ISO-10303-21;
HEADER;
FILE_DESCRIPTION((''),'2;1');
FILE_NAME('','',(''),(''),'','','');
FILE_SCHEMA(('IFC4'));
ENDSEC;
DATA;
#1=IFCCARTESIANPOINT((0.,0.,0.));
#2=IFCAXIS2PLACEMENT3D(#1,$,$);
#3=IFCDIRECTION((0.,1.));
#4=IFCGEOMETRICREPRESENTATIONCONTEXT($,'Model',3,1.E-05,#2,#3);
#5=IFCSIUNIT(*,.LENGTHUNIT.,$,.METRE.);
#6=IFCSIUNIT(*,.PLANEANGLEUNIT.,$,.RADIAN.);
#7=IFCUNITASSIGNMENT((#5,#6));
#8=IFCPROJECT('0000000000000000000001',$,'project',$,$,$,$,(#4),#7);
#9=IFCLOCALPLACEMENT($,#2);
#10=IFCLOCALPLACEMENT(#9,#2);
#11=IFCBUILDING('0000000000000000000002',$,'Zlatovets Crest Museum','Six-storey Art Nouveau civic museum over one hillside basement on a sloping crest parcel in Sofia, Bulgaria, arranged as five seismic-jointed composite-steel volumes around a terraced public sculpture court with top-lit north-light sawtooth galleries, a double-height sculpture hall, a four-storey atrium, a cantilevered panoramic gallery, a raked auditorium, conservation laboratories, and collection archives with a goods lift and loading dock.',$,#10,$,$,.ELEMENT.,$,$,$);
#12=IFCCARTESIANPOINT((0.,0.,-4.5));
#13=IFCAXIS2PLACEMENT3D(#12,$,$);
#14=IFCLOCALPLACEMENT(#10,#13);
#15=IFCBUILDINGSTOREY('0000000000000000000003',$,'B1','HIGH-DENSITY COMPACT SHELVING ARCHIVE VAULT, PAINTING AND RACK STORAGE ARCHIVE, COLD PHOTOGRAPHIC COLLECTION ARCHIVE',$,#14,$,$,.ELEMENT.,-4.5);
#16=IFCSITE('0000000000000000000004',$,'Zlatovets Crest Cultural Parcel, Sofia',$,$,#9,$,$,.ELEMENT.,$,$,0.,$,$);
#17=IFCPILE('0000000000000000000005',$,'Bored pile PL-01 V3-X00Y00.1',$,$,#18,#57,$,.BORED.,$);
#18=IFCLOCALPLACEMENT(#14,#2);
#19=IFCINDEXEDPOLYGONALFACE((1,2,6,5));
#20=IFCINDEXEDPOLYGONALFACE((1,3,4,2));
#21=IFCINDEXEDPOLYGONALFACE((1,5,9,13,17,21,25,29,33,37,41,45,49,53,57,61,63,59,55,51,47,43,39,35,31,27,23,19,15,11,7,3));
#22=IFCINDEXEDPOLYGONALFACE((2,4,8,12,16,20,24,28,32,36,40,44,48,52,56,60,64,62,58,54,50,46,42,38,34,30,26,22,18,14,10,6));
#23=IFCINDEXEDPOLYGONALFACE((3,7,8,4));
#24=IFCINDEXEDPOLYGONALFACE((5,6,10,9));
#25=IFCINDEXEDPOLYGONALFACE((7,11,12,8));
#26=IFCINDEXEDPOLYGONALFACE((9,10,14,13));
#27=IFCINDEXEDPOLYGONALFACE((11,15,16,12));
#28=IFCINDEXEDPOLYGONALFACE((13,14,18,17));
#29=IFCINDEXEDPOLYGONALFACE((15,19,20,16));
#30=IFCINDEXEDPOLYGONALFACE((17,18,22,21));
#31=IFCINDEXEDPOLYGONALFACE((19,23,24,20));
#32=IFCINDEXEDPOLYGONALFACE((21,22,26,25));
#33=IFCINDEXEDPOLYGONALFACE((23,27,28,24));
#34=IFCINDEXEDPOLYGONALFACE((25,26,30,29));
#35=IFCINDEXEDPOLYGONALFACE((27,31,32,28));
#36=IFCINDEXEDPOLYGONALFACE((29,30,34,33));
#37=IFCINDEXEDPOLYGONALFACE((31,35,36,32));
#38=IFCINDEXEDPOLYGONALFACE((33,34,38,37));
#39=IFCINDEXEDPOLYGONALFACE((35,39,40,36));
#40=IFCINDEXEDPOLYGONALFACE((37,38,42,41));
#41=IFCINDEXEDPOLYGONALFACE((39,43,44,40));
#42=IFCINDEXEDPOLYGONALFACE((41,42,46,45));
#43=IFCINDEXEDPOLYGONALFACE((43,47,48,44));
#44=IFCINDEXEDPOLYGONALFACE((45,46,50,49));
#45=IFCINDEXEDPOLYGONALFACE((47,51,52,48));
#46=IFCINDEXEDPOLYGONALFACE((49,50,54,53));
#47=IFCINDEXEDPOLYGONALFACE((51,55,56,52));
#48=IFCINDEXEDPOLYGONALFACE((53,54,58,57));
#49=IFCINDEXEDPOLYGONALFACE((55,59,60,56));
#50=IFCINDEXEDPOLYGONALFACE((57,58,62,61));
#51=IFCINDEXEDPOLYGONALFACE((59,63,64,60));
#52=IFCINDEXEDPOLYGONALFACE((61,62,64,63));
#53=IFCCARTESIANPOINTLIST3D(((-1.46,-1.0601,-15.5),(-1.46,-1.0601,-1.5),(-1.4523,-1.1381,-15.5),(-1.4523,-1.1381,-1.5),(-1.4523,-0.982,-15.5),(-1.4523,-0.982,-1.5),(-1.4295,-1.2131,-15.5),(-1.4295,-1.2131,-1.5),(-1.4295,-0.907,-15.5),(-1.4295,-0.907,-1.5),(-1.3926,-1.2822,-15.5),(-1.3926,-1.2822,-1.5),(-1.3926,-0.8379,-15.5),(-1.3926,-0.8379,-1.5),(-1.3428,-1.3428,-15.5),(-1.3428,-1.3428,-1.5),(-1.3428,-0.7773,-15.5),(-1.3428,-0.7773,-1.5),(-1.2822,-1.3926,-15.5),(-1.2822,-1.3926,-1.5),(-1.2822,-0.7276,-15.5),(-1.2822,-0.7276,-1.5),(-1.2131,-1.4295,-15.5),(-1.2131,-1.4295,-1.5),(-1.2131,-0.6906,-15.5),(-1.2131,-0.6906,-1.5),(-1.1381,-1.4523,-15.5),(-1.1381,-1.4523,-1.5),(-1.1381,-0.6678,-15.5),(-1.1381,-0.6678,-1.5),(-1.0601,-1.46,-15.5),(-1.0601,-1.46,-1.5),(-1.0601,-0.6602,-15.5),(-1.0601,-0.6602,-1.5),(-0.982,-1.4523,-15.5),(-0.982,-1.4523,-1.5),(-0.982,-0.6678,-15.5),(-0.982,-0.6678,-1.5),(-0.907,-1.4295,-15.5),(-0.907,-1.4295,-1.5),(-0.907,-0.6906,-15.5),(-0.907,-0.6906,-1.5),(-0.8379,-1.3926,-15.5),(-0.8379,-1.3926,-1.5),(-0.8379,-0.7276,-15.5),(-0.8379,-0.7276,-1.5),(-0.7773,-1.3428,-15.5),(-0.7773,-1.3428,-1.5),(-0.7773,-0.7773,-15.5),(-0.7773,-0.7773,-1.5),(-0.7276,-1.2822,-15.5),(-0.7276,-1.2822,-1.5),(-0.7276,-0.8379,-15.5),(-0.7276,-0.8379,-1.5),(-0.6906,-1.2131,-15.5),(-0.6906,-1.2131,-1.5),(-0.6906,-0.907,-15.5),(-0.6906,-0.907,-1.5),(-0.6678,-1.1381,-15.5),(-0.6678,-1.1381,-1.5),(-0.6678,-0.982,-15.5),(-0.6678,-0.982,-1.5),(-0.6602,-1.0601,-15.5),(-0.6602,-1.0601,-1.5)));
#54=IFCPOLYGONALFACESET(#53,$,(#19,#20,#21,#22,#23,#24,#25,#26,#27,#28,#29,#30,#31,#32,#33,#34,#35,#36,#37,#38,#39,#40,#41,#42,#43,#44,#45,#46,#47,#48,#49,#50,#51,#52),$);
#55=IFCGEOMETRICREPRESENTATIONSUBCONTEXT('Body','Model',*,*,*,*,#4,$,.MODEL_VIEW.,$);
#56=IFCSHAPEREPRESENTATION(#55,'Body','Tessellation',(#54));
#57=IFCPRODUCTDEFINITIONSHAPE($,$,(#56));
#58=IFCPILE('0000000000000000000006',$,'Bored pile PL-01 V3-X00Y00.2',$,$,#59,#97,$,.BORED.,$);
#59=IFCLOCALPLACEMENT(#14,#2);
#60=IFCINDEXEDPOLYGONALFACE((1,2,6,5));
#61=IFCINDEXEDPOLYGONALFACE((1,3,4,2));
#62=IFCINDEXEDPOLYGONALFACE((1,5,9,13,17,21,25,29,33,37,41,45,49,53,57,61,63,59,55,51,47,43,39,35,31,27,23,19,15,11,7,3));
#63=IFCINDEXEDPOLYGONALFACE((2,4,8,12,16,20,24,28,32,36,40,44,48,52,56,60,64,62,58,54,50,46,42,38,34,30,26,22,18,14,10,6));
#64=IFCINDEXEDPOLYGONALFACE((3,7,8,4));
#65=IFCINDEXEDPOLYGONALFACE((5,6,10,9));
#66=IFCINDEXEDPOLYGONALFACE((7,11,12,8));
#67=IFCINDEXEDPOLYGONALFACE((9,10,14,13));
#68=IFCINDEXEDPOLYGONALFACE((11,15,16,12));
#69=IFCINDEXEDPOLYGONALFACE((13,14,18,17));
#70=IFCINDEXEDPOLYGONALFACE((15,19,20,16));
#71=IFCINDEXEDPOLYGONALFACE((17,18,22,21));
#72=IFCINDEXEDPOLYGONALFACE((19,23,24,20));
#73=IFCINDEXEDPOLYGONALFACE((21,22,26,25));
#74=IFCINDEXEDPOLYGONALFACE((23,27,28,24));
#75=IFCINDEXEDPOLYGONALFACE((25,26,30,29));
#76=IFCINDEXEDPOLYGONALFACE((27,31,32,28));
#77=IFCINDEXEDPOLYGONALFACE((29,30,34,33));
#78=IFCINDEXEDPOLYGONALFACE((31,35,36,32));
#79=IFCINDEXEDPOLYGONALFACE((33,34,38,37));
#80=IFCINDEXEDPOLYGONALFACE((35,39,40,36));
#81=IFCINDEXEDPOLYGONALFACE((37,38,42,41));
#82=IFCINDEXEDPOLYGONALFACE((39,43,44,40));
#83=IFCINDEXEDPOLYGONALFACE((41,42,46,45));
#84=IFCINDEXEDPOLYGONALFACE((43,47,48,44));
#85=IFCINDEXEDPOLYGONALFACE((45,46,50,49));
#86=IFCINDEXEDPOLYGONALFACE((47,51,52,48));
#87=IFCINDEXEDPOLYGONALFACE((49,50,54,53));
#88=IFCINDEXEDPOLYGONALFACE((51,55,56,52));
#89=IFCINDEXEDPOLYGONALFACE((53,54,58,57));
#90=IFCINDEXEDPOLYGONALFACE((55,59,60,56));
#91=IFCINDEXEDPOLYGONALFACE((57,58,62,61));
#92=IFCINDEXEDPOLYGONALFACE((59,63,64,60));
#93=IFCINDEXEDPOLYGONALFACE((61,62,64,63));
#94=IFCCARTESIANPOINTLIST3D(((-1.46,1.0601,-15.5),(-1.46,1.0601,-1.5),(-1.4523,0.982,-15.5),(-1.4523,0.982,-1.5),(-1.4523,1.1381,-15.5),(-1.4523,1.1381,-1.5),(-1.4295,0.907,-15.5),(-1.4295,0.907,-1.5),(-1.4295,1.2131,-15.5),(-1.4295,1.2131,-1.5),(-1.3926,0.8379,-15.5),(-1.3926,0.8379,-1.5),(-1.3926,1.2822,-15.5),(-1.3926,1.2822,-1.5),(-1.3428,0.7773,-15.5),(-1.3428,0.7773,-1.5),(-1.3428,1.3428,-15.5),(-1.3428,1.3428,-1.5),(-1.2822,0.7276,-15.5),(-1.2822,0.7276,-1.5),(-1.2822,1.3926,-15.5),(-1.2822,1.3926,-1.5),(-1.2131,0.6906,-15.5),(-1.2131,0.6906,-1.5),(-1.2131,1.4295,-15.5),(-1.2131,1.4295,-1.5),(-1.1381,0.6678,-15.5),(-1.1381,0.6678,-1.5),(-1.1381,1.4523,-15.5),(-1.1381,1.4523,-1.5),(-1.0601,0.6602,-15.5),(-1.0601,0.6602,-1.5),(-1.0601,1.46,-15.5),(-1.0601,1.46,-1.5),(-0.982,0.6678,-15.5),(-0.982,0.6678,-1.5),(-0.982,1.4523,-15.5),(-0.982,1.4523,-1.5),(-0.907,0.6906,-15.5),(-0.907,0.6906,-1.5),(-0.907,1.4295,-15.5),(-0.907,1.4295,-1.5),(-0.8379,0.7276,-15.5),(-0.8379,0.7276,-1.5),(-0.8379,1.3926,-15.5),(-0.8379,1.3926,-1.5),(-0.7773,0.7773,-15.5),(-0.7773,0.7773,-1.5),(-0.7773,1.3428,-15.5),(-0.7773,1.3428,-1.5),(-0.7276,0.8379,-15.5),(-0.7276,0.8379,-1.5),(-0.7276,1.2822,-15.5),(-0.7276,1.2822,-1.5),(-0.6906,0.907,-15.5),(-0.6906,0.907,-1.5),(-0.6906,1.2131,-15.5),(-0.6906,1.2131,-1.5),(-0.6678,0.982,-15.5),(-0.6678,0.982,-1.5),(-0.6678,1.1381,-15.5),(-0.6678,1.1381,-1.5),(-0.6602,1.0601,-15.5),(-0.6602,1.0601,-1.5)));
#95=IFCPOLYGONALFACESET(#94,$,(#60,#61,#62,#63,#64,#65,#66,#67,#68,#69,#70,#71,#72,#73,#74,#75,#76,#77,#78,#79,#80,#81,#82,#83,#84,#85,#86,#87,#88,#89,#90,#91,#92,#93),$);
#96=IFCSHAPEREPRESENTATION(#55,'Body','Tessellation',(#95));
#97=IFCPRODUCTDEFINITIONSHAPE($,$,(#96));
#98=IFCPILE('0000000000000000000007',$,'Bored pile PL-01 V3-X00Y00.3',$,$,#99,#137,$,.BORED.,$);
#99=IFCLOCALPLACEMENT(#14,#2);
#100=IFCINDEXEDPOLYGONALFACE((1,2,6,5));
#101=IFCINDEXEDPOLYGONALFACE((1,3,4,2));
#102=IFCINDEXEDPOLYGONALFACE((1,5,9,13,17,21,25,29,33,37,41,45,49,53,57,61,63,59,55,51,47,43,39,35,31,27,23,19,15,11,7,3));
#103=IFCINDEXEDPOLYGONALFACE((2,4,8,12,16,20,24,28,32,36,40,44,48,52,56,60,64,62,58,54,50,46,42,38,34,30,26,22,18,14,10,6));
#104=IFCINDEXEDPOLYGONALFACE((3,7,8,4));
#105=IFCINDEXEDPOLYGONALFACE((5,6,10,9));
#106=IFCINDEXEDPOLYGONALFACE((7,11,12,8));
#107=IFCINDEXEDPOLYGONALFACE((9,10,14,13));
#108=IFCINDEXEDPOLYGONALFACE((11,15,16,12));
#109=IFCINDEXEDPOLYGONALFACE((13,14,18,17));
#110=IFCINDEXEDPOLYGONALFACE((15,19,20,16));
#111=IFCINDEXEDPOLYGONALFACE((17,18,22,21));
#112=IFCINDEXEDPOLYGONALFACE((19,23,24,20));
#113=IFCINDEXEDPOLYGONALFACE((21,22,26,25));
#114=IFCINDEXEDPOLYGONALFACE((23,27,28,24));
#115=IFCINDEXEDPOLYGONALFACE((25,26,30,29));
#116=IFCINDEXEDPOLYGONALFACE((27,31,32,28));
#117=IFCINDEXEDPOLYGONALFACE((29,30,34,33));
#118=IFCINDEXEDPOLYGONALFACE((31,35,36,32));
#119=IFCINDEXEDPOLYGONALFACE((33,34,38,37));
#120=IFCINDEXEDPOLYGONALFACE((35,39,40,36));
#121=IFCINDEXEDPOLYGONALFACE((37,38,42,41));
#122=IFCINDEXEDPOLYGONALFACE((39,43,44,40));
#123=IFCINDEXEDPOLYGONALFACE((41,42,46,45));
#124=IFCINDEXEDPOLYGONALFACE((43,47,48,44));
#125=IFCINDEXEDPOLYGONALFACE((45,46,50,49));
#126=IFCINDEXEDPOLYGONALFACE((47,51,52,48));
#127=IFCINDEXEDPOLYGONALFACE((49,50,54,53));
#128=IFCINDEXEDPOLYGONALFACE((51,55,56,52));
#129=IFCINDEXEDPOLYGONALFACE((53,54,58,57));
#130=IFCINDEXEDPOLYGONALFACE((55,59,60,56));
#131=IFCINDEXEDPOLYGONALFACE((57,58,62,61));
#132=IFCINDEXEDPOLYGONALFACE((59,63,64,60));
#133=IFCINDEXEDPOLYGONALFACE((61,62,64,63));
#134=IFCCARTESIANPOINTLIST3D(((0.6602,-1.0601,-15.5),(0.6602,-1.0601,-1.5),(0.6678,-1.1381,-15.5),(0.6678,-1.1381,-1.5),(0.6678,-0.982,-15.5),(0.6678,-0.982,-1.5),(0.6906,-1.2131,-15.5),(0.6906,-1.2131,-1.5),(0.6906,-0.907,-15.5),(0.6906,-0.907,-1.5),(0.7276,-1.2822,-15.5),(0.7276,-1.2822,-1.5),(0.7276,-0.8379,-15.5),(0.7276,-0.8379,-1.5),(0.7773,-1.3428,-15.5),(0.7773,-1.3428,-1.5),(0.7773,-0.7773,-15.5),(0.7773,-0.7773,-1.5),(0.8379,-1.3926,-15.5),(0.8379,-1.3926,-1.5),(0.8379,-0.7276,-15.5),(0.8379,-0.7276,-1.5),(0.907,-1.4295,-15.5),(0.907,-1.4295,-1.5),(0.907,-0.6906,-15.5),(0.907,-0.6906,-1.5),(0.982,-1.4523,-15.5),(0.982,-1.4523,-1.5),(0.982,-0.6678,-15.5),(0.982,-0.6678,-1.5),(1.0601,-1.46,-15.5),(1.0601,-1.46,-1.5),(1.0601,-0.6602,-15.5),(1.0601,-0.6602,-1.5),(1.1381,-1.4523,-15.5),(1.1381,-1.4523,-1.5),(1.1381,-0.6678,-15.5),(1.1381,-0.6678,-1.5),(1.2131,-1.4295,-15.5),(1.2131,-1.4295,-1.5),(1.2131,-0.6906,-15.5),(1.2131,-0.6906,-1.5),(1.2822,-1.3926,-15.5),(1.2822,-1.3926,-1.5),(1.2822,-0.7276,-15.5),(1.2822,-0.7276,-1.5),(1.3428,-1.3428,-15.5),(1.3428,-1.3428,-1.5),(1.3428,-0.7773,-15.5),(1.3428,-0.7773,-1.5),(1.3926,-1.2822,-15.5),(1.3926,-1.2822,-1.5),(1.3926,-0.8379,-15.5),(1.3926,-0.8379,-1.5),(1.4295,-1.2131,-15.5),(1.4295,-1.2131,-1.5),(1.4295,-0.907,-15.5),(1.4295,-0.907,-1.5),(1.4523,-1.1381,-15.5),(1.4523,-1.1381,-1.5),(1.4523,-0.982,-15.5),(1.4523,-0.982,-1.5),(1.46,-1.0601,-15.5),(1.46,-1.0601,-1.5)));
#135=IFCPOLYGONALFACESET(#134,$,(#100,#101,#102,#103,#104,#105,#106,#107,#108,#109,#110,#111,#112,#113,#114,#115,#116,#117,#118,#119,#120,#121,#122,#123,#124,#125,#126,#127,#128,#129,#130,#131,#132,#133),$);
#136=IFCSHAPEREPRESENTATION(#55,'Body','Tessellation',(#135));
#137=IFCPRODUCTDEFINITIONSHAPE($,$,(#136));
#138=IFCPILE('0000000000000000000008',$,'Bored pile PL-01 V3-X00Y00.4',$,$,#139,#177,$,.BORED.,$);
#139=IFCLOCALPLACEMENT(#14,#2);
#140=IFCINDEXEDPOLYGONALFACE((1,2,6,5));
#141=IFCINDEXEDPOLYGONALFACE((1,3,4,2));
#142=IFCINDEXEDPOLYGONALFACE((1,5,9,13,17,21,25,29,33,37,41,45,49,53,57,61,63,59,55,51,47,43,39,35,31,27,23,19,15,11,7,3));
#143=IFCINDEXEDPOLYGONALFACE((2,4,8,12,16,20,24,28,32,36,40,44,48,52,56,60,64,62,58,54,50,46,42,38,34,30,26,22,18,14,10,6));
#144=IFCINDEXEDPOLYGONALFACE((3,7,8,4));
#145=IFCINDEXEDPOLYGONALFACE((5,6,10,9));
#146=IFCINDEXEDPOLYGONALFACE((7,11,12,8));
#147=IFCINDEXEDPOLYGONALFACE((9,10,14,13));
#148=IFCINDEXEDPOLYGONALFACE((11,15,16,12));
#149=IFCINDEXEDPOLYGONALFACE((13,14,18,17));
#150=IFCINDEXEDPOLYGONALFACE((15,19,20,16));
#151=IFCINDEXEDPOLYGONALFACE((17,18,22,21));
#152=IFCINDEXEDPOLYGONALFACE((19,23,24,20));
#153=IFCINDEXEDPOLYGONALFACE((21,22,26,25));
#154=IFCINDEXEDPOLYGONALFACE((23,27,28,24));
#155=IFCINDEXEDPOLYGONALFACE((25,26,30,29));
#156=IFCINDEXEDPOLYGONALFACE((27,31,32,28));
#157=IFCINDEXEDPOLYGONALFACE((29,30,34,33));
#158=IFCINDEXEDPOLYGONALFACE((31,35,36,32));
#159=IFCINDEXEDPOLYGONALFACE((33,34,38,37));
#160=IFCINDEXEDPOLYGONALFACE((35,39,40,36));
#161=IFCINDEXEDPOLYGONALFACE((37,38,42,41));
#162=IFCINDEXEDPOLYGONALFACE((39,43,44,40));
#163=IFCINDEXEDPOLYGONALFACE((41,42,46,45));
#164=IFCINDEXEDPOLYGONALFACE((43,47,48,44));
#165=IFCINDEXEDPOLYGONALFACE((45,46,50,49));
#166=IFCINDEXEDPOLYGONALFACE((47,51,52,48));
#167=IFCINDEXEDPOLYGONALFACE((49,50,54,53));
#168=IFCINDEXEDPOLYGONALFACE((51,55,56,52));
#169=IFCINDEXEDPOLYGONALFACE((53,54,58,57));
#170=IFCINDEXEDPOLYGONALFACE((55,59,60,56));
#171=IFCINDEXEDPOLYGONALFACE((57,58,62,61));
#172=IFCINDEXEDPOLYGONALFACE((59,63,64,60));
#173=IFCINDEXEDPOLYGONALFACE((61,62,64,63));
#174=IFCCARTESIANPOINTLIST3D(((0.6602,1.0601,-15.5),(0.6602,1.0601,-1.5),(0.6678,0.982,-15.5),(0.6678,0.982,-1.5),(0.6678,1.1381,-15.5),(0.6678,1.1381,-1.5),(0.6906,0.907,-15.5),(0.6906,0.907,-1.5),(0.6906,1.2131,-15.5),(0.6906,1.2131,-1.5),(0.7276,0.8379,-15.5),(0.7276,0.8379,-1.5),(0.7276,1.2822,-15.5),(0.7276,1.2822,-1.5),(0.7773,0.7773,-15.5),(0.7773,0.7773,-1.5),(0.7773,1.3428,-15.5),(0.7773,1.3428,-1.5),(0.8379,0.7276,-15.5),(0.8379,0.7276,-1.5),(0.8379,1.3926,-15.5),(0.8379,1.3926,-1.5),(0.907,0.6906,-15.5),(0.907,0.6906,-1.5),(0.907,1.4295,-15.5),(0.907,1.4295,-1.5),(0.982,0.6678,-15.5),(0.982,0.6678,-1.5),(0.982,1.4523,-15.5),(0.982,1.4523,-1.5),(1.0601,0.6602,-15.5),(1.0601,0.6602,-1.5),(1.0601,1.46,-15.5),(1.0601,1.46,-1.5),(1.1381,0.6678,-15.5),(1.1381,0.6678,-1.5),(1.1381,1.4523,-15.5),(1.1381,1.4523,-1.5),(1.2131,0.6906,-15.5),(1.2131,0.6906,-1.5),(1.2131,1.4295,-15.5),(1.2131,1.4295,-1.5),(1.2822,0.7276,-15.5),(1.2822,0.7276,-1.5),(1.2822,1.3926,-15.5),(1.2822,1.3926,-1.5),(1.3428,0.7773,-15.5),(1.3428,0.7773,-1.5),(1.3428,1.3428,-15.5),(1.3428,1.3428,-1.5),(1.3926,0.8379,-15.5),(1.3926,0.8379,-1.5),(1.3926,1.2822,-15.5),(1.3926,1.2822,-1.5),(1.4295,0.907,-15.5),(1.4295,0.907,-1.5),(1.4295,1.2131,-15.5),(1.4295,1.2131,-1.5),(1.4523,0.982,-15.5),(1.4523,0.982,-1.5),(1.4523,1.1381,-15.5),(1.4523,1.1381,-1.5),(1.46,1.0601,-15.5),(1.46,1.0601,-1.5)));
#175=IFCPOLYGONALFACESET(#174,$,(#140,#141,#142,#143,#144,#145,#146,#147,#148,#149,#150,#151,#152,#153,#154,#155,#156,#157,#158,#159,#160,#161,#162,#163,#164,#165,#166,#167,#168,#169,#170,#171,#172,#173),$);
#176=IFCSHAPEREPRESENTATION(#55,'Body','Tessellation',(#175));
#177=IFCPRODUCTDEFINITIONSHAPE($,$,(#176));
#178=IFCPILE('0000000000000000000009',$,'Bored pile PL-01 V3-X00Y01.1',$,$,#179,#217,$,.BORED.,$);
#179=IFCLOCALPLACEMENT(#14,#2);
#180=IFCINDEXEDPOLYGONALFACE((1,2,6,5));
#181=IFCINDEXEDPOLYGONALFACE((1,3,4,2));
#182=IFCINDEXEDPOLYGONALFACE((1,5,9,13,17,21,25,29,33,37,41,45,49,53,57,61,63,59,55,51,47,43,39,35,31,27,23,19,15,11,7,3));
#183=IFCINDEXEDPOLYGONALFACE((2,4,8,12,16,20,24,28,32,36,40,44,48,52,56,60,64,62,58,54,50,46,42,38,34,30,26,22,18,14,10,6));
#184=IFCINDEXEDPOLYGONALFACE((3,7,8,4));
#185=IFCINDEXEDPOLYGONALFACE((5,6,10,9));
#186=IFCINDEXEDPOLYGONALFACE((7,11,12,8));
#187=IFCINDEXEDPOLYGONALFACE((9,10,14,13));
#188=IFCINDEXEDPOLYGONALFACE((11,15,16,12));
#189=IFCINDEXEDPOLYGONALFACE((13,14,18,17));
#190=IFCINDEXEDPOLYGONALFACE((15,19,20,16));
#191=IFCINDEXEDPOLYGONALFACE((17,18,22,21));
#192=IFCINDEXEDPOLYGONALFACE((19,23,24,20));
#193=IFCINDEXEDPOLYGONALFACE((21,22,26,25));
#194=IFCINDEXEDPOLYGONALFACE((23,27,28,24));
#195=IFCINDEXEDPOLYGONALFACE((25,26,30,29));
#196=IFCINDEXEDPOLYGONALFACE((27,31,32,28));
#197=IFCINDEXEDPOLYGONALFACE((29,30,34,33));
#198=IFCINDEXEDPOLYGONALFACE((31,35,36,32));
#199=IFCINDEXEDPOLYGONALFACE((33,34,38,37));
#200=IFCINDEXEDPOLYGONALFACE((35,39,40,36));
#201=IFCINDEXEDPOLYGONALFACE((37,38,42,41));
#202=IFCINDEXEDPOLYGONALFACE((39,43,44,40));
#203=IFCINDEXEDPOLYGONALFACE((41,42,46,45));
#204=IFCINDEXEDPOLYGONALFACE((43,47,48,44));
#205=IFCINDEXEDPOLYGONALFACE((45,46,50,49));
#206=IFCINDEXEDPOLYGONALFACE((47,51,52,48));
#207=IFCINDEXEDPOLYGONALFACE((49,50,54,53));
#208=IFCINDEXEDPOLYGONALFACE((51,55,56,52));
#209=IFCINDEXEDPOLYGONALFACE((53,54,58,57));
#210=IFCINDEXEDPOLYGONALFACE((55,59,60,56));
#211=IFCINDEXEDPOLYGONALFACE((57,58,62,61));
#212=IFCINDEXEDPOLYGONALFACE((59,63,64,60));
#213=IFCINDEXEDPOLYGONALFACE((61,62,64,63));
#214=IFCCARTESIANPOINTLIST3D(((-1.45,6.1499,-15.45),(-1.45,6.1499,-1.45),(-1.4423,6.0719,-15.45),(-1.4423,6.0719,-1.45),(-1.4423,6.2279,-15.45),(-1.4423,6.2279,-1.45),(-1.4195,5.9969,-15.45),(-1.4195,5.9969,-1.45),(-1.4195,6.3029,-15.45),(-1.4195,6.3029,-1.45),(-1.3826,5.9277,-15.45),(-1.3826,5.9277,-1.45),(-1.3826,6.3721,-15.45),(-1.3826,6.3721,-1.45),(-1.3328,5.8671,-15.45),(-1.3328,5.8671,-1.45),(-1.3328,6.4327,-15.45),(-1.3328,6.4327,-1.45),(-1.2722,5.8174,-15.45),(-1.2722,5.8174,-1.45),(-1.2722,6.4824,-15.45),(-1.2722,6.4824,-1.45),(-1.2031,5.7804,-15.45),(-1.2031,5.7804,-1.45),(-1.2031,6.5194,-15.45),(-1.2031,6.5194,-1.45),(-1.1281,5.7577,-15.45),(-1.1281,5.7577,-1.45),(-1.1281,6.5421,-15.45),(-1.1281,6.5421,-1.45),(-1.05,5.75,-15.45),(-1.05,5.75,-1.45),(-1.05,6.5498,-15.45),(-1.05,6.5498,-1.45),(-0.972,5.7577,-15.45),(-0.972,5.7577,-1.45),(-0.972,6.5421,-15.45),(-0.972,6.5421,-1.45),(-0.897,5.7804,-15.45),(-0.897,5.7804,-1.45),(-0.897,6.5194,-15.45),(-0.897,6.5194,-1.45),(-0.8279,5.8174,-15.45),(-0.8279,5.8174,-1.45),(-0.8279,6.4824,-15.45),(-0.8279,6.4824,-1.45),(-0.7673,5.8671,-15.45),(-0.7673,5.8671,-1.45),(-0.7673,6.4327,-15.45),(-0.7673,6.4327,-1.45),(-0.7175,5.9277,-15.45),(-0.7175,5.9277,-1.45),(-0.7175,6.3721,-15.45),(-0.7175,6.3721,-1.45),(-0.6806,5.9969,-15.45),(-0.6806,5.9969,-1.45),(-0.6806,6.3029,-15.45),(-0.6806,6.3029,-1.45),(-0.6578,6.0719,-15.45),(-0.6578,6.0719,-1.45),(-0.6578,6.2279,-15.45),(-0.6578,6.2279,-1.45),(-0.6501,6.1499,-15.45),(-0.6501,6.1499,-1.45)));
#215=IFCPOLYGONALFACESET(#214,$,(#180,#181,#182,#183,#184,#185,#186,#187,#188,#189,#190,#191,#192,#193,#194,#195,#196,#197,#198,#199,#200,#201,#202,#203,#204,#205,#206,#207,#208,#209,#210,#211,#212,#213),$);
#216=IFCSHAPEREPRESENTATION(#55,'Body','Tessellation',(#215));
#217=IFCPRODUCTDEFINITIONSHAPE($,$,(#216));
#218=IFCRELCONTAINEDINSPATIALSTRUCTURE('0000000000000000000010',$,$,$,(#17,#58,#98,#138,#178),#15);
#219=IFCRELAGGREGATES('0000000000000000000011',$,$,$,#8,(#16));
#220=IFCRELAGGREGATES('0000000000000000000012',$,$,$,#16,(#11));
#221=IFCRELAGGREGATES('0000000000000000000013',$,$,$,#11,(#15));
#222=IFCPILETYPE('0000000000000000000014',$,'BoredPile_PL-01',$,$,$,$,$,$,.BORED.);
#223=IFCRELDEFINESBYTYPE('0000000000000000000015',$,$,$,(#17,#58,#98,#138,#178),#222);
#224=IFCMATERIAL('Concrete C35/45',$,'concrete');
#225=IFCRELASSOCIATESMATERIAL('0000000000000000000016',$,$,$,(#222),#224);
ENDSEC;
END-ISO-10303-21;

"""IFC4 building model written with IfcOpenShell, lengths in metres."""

from ifc_helpers import new_model, si_unit, direction, frame, origin, origin_2d, place, context, subcontext, project, spatial, circle, extrude, material, material_profile, profile_set, type_object, element, save


model = new_model("IFC4")

# Units and contexts
model_context = context("Model", 3, precision=1e-05, world=origin(), true_north=direction((0.0, 1.0)))
body_context = subcontext(model_context, "Body", "Model", "MODEL_VIEW")
ifc_project = project(units=[si_unit("LENGTHUNIT", "METRE"), si_unit("PLANEANGLEUNIT", "RADIAN")], contexts=[model_context])

# Site, building, storey
site_placement = place(None, origin())
site = spatial("IfcSite", under=ifc_project, at=site_placement, Name="Zlatovets Crest Cultural Parcel, Sofia", CompositionType="ELEMENT", RefElevation=0.0)
building_placement = place(site_placement, origin())
building = spatial("IfcBuilding", under=site, at=building_placement, Name="Zlatovets Crest Museum", Description="Six-storey Art Nouveau civic museum over one hillside basement on a sloping crest parcel in Sofia, Bulgaria, arranged as five seismic-jointed composite-steel volumes around a terraced public sculpture court with top-lit north-light sawtooth galleries, a double-height sculpture hall, a four-storey atrium, a cantilevered panoramic gallery, a raked auditorium, conservation laboratories, and collection archives with a goods lift and loading dock.", CompositionType="ELEMENT")
storey_placement = place(building_placement, frame((0.0, 0.0, -4.5)))
storey = spatial("IfcBuildingStorey", under=building, at=storey_placement, Name="B1", Description="HIGH-DENSITY COMPACT SHELVING ARCHIVE VAULT, PAINTING AND RACK STORAGE ARCHIVE, COLD PHOTOGRAPHIC COLLECTION ARCHIVE", CompositionType="ELEMENT", Elevation=-4.5)

# Piles
ifc_material_1 = material(Name="Concrete C35/45", Category="concrete")
ifc_material_profile_1 = material_profile(ifc_material_1, circle(Radius=0.3999, at=origin_2d()), Name="PILE D800")
ifc_profile_set_1 = profile_set([ifc_material_profile_1], Name="Concrete C35/45")
pile_type = type_object("IfcPileType", Name="BoredPile_PL-01", PredefinedType="BORED", material=ifc_profile_set_1)
for number, where, z_axis, x_axis, name in (
    (1, (-1.0601, -1.0601, -1.5), (0.0, 0.0, -1.0), (1.0, 0.0, 0.0), "Bored pile PL-01 V3-X00Y00.1"),
    (2, (-1.0601, 1.0601, -1.5), (0.0, 0.0, -1.0), (1.0, 0.0, 0.0), "Bored pile PL-01 V3-X00Y00.2"),
    (3, (1.0601, -1.0601, -1.5), (0.0, 0.0, -1.0), (1.0, 0.0, 0.0), "Bored pile PL-01 V3-X00Y00.3"),
    (4, (1.0601, 1.0601, -1.5), (0.0, 0.0, -1.0), (1.0, 0.0, 0.0), "Bored pile PL-01 V3-X00Y00.4"),
    (5, (-1.05, 6.1499, -1.45), (0.0, 0.0, -1.0), (1.0, 0.0, 0.0), "Bored pile PL-01 V3-X00Y01.1"),
):
    element("IfcPile", number, at=place(storey_placement, frame(where, z_axis=z_axis, x_axis=x_axis)), inside=storey, type_object=pile_type, Name=name, PredefinedType="BORED", context=body_context, shape_type="SweptSolid", body=[
        extrude(circle(Radius=0.3999, at=origin_2d()), origin(), (0.0, 0.0, 1.0), 14.0),
    ])

save(model, "model.ifc")
